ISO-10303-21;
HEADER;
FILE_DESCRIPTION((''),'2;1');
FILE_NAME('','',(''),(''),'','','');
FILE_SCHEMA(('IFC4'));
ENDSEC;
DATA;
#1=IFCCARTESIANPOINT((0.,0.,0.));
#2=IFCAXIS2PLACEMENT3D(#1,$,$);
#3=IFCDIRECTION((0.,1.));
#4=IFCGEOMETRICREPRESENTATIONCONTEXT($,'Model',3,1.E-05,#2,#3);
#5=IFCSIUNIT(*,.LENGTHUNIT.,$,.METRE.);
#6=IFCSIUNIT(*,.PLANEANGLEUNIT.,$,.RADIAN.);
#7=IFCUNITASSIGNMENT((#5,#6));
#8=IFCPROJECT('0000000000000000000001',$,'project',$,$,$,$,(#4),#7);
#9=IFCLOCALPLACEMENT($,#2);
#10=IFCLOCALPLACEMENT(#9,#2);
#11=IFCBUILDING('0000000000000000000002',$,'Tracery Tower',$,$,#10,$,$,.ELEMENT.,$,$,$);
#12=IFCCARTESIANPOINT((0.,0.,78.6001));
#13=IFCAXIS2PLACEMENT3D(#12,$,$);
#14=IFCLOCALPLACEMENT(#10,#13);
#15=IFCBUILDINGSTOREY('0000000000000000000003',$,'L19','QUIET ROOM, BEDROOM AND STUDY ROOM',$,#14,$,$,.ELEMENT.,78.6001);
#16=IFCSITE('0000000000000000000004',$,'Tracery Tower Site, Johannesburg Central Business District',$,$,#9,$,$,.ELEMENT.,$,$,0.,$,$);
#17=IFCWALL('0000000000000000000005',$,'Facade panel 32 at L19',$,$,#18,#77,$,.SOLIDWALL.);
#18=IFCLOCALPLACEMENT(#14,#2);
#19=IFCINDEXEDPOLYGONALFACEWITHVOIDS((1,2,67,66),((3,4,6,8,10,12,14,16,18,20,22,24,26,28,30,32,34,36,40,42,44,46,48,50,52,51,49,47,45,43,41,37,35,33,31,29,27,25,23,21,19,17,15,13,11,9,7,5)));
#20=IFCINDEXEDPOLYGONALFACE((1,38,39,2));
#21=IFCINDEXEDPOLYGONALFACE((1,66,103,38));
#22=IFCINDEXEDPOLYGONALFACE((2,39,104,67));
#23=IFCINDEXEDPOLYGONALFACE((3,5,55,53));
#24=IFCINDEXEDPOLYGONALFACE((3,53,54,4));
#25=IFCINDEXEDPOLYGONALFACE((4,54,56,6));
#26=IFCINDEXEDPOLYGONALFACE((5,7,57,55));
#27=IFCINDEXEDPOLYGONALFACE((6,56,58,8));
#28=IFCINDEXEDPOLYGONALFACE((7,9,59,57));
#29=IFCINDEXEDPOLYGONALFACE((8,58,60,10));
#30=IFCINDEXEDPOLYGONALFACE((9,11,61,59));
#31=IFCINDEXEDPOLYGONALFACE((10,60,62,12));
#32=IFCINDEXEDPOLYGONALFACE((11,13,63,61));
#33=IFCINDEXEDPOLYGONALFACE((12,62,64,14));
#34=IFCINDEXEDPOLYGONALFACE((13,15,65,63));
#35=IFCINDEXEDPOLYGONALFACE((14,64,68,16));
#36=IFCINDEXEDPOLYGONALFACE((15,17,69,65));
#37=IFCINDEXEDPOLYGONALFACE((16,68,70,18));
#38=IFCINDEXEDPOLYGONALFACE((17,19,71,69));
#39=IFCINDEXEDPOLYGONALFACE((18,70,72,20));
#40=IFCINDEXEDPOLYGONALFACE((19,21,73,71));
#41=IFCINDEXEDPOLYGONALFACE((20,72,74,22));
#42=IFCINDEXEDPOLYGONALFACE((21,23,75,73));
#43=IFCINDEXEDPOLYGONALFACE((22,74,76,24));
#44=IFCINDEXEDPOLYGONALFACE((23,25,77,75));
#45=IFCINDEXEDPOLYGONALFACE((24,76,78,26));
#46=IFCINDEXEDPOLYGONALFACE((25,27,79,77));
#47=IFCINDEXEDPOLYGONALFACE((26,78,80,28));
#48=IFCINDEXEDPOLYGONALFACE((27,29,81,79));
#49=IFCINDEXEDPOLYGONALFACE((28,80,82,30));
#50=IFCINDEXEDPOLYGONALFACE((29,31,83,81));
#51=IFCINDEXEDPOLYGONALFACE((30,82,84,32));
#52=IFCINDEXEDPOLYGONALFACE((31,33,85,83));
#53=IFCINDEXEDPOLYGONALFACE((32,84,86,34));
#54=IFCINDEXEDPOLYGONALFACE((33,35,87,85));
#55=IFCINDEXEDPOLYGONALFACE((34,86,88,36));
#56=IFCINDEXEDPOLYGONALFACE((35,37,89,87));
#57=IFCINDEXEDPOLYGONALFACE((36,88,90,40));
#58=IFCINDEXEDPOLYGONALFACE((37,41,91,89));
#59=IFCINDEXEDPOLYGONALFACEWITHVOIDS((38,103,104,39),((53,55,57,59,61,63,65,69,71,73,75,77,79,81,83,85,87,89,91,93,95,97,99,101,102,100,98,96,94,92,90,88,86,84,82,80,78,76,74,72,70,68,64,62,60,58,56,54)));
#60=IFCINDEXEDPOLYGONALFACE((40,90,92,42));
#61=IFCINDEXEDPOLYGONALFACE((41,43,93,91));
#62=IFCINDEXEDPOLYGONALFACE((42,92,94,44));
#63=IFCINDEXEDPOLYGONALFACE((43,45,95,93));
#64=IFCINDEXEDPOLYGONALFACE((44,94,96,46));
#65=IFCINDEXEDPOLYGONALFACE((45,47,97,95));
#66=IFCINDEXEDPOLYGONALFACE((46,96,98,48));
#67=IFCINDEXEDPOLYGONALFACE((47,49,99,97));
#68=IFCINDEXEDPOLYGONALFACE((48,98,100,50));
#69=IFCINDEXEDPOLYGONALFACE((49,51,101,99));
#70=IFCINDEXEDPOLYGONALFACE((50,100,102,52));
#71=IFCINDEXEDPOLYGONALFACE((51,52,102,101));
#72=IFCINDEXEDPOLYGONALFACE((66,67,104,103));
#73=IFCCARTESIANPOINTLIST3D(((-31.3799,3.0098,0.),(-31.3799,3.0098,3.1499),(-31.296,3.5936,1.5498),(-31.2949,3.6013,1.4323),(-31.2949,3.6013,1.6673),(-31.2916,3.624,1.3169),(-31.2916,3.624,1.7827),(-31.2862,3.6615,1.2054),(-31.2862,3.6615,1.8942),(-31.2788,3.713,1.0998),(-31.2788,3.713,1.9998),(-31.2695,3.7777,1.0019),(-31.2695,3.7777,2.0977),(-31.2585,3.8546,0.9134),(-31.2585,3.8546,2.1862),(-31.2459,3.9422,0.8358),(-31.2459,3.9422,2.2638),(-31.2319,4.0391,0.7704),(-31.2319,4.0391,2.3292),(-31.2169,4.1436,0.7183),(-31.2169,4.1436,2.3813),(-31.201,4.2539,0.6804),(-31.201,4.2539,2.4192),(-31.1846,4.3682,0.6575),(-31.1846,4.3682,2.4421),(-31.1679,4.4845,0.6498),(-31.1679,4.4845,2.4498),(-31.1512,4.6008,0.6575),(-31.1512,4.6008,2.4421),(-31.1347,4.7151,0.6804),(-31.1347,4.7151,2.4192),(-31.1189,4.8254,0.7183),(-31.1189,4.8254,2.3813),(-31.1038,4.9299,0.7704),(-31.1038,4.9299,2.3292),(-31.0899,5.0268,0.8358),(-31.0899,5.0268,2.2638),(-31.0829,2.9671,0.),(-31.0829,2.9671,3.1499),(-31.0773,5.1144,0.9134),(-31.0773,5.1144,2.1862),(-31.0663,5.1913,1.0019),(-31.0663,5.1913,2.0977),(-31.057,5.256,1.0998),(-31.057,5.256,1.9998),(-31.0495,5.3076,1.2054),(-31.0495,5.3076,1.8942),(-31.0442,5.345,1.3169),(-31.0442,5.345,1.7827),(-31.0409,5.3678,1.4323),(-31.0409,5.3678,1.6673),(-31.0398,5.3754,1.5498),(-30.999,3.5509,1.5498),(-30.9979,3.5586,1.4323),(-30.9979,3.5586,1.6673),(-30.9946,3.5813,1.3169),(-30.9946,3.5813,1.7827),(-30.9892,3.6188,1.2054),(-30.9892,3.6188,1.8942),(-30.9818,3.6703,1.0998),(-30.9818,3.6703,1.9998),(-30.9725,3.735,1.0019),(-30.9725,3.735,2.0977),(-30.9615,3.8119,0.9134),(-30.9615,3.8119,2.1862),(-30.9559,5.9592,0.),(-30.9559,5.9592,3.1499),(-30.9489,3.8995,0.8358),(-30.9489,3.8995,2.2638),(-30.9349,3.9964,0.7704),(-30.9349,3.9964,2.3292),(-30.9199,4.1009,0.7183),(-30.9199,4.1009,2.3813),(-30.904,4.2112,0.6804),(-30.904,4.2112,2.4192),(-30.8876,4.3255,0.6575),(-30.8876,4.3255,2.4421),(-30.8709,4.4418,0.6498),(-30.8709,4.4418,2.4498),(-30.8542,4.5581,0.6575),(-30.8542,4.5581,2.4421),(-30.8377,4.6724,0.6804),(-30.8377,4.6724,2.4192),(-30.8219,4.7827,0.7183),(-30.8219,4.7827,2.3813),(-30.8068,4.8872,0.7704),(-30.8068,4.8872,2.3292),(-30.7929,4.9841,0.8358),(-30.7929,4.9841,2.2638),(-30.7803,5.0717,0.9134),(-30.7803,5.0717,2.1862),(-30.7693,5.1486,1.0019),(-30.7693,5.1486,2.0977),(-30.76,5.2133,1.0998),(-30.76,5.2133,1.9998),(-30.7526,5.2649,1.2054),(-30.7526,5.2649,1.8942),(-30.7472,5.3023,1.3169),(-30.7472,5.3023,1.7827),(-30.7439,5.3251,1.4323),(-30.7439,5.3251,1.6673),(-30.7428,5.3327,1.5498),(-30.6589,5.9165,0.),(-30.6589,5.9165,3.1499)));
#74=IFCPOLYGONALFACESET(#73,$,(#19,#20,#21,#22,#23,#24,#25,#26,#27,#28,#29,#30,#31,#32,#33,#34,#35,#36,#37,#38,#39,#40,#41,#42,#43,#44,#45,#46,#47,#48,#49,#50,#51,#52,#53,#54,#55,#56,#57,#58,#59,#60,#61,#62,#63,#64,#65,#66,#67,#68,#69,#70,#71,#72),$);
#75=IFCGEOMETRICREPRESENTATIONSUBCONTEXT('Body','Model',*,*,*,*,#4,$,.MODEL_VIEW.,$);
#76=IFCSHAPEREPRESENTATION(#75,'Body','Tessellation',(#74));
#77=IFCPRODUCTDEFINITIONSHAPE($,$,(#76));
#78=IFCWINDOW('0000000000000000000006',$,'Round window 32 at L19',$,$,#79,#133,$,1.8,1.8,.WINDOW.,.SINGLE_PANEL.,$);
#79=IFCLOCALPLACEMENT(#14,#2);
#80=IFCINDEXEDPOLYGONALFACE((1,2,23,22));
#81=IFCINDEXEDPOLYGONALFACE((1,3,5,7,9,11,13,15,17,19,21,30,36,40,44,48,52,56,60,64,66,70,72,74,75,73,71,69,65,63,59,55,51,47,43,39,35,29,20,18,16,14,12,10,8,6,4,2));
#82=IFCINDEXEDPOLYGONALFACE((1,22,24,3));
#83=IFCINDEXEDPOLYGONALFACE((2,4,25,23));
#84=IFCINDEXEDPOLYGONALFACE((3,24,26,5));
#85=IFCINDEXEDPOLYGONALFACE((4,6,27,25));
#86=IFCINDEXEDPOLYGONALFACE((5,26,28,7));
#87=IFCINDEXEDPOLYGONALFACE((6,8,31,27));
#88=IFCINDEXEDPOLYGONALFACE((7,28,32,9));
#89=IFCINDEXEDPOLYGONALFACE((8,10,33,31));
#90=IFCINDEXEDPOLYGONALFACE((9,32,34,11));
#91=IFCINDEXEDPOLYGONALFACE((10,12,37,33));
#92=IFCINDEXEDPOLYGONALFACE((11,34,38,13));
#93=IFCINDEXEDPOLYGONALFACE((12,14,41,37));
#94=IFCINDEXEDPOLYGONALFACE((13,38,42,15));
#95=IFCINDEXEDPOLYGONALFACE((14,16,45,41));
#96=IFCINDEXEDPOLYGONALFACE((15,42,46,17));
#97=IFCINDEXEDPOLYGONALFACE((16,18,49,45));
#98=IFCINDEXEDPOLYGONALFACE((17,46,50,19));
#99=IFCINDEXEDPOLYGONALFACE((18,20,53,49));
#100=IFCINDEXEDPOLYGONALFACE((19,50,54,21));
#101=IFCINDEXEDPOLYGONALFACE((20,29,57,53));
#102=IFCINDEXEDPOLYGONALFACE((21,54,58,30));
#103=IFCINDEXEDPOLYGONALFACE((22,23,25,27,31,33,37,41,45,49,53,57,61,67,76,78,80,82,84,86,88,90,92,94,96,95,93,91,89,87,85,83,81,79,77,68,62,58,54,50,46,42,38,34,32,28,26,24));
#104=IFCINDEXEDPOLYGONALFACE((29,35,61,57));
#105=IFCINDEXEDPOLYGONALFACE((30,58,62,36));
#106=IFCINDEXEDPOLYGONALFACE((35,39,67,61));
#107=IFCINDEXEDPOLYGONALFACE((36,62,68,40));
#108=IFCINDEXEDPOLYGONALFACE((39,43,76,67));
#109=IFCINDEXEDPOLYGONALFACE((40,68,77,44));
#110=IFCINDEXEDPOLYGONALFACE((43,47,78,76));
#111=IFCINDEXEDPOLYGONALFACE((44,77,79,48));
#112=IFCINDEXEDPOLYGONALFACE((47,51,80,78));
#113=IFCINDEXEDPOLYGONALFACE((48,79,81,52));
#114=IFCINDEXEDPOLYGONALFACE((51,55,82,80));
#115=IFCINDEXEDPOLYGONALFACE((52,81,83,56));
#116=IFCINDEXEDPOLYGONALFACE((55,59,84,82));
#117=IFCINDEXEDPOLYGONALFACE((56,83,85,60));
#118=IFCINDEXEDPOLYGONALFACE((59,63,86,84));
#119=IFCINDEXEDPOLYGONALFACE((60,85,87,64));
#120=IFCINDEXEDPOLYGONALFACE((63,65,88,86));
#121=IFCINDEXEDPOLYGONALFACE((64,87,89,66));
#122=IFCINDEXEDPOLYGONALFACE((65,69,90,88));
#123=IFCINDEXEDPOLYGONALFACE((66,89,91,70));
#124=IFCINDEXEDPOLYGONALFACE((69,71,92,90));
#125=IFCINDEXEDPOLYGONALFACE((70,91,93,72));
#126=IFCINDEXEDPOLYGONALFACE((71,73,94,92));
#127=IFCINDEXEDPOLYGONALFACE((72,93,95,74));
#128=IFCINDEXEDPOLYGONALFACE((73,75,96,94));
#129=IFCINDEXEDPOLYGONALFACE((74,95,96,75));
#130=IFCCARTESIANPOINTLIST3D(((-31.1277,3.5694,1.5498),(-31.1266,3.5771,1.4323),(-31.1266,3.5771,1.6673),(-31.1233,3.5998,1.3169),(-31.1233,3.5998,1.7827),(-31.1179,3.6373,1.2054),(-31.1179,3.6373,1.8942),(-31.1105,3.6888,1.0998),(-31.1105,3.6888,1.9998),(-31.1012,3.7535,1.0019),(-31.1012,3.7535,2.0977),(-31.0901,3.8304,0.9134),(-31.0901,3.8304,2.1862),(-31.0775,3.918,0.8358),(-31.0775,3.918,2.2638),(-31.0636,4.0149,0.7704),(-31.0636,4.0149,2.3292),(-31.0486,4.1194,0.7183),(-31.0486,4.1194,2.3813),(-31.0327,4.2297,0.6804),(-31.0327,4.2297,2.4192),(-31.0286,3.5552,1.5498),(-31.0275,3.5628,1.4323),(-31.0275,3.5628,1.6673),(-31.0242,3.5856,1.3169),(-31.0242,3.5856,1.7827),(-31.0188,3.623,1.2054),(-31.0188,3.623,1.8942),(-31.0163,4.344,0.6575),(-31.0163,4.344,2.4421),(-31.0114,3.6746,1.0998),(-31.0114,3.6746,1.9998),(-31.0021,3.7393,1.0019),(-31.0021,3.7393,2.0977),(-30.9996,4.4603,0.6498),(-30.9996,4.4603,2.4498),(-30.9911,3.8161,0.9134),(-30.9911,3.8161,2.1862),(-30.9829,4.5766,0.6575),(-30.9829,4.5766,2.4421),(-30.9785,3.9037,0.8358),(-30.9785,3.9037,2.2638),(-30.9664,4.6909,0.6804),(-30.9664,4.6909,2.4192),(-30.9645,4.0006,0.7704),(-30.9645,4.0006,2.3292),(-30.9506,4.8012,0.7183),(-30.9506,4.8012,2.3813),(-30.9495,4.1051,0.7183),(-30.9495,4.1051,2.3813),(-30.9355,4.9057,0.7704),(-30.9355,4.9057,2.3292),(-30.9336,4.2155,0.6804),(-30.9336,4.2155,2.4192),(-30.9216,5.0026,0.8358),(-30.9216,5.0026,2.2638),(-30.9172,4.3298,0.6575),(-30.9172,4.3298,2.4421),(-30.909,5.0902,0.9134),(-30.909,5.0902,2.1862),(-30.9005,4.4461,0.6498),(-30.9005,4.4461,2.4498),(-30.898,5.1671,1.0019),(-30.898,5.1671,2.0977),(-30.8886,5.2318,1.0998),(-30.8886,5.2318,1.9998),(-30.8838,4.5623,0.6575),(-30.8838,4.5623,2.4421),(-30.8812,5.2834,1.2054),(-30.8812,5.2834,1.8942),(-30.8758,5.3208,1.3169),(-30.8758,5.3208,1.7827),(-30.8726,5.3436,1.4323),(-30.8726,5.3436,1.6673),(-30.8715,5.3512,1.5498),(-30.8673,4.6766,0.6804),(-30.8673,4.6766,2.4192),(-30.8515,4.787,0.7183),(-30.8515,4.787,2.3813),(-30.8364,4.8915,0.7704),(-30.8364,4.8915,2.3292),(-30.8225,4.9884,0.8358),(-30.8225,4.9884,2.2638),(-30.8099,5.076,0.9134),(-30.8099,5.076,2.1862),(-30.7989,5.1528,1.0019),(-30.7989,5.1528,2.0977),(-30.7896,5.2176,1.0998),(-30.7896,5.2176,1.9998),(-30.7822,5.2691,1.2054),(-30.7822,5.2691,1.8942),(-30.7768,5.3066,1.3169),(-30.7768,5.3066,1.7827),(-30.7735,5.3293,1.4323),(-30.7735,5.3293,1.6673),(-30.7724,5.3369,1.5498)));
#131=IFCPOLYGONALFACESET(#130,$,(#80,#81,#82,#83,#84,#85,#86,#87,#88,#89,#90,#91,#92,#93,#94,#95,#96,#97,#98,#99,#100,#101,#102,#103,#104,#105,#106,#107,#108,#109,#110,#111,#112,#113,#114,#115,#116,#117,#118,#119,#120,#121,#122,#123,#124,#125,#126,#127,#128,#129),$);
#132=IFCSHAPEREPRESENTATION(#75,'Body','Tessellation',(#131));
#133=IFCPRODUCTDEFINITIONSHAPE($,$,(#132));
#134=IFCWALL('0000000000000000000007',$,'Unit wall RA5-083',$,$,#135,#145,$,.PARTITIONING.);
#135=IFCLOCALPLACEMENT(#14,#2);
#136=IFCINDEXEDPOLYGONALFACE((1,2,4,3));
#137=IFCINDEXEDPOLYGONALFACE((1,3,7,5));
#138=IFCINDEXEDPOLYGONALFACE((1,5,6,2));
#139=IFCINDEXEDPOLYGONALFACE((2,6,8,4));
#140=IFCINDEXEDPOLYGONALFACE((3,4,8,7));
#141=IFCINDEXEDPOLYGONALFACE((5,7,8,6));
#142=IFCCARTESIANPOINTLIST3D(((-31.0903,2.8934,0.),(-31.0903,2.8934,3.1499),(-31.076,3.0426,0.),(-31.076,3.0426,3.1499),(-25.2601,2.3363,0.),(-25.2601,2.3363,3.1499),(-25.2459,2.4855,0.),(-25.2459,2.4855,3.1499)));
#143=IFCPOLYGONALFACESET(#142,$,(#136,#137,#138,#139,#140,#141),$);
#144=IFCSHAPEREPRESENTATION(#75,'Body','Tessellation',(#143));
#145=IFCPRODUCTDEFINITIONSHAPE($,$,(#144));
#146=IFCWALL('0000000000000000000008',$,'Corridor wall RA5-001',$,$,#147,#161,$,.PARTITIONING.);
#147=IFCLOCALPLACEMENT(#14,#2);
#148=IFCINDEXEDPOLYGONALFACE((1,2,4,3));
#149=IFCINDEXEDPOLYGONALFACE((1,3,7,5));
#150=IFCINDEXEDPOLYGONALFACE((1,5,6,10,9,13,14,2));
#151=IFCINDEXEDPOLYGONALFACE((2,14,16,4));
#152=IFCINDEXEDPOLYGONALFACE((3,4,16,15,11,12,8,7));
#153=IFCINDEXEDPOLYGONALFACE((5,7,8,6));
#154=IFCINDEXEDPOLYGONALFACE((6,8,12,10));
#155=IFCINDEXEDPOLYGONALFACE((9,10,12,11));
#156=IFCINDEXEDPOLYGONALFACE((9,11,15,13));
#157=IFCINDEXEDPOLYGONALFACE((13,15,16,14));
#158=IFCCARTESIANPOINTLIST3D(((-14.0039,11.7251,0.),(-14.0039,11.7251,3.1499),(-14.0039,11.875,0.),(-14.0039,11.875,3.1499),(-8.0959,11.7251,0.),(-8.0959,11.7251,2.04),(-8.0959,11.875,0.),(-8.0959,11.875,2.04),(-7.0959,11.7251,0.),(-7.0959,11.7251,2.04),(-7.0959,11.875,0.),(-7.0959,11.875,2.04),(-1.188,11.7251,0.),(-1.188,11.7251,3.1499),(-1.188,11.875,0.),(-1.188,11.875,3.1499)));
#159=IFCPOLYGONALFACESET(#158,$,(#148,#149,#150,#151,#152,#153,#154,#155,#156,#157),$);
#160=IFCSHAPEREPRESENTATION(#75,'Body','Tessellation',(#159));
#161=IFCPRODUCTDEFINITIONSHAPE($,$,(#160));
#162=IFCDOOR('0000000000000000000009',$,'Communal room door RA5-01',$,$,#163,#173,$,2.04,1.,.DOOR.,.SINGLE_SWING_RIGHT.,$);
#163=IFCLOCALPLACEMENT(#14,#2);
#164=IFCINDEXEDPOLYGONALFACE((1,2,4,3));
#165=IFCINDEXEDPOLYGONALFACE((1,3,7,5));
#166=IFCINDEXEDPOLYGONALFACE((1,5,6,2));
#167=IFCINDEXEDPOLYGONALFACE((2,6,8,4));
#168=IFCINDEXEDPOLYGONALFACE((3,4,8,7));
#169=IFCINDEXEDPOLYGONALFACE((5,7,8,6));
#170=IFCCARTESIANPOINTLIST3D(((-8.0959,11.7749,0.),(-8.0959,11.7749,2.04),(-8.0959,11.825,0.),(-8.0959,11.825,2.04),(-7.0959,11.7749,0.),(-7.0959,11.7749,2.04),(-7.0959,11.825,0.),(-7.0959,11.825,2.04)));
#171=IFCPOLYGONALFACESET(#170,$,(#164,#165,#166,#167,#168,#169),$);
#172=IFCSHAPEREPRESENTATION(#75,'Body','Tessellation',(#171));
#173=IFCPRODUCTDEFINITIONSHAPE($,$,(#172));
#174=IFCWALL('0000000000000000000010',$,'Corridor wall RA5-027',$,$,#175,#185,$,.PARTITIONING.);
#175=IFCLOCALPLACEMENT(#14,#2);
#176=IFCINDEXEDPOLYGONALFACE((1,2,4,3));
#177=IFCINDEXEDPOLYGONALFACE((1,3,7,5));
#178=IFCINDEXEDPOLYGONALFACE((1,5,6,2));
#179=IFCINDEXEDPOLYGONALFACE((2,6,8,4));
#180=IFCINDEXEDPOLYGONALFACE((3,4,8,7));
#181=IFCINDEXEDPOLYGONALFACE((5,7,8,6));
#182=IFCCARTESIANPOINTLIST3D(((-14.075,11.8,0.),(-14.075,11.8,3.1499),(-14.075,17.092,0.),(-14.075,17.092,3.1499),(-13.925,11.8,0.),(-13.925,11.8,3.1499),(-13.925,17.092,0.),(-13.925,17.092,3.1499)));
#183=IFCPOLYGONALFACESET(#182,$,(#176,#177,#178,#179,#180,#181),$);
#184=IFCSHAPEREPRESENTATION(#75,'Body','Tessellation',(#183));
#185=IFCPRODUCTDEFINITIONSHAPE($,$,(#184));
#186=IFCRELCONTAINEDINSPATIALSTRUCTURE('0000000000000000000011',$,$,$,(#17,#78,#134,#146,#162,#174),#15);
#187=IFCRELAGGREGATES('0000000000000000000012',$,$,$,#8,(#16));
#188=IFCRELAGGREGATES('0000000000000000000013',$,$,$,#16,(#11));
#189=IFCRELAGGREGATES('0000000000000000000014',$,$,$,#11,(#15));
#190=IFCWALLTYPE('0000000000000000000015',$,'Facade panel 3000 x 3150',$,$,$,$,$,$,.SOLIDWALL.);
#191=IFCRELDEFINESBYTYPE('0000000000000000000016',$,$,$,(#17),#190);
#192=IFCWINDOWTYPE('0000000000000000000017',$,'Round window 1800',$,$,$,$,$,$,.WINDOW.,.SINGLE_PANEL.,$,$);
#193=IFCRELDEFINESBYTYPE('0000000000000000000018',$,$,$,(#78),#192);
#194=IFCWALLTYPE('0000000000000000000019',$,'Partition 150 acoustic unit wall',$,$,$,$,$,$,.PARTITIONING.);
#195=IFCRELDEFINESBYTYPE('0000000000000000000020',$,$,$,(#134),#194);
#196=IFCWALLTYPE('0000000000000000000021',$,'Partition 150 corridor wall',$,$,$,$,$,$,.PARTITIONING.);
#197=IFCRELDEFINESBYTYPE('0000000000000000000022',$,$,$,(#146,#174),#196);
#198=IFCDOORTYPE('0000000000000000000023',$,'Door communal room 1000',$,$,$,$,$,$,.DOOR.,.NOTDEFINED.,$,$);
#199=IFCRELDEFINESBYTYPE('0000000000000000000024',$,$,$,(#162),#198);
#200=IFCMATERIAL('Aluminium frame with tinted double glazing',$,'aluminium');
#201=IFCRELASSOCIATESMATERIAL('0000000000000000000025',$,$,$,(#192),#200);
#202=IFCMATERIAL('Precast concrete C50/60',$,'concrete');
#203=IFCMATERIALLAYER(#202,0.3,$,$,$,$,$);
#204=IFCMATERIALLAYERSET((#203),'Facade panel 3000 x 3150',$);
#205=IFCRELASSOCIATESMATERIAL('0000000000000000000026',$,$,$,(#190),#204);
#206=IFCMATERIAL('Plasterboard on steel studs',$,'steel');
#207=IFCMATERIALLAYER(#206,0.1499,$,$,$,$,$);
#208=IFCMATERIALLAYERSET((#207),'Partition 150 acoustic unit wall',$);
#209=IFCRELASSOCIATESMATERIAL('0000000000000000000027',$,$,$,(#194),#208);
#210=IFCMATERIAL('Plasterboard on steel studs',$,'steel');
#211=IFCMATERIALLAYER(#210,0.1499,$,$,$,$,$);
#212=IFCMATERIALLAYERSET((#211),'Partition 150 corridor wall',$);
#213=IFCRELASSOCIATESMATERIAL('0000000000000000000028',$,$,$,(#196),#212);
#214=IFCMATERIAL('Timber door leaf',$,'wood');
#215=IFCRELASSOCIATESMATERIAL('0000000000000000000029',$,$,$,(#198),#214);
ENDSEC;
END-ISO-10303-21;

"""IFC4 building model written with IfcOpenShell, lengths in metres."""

from ifc_helpers import new_model, si_unit, direction, frame, frame_2d, origin, origin_2d, place, context, subcontext, project, spatial, rectangle, circle, extrude, material, layer, layer_set, type_object, element, fill, save


model = new_model("IFC4")

# Units and contexts
model_context = context("Model", 3, precision=1e-05, world=origin(), true_north=direction((0.0, 1.0)))
body_context = subcontext(model_context, "Body", "Model", "MODEL_VIEW")
ifc_project = project(units=[si_unit("LENGTHUNIT", "METRE"), si_unit("PLANEANGLEUNIT", "RADIAN")], contexts=[model_context])

# Site, building, storey
site_placement = place(None, origin())
site = spatial("IfcSite", under=ifc_project, at=site_placement, Name="Tracery Tower Site, Johannesburg Central Business District", CompositionType="ELEMENT", RefElevation=0.0)
building_placement = place(site_placement, origin())
building = spatial("IfcBuilding", under=site, at=building_placement, Name="Tracery Tower", CompositionType="ELEMENT")
storey_placement = place(building_placement, frame((0.0, 0.0, 78.6001)))
storey = spatial("IfcBuildingStorey", under=building, at=storey_placement, Name="L19", Description="QUIET ROOM, BEDROOM AND STUDY ROOM", CompositionType="ELEMENT", Elevation=78.6001)

# Wall, opening, window
ifc_material_1 = material(Name="Aluminium frame with tinted double glazing", Category="aluminium")
window_type = type_object("IfcWindowType", Name="Round window 1800", PartitioningType="SINGLE_PANEL", PredefinedType="WINDOW", material=ifc_material_1)
ifc_material_2 = material(Name="Precast concrete C50/60", Category="concrete")
ifc_layer_1 = layer(ifc_material_2, 0.3)
ifc_layer_set_1 = layer_set([ifc_layer_1], Name="Facade panel 3000 x 3150")
wall_type_1 = type_object("IfcWallType", Name="Facade panel 3000 x 3150", PredefinedType="SOLIDWALL", material=ifc_layer_set_1)
wall_1_placement = place(storey_placement, frame((-30.8074, 5.9377, 0.0), z_axis=(0.0, 0.0, 1.0), x_axis=(-0.142316, -0.989821, 0.0)))
wall_1 = element("IfcWall", 1, at=wall_1_placement, inside=storey, type_object=wall_type_1, Name="Facade panel 32 at L19", PredefinedType="SOLIDWALL", context=body_context, shape_type="SweptSolid", body=[
    extrude(rectangle(XDim=2.9797, YDim=0.3, at=frame_2d((1.4897, 0.0))), origin(), (0.0, 0.0, 1.0), 3.1499),
])
opening_1_placement = place(wall_1_placement, frame((1.4897, 0.0, 1.5498)))
opening_1 = element("IfcOpeningElement", 2, at=opening_1_placement, cuts=wall_1, PredefinedType="OPENING", context=body_context, shape_type="SweptSolid", body=[
    extrude(circle(Radius=0.9, at=origin_2d()), frame((0.0, 0.1599, 0.0), z_axis=(0.0, -1.0, 0.0), x_axis=(1.0, 0.0, 0.0)), (0.0, 0.0, 1.0), 0.3201),
])
window_1_placement = place(opening_1_placement, origin())
window_1 = element("IfcWindow", 3, at=window_1_placement, inside=storey, type_object=window_type, Name="Round window 32 at L19", OverallHeight=1.8, OverallWidth=1.8, PartitioningType="SINGLE_PANEL", PredefinedType="WINDOW", context=body_context, shape_type="SweptSolid", body=[
    extrude(circle(Radius=0.9, at=origin_2d()), frame((0.0, 0.1201, 0.0), z_axis=(0.0, -1.0, 0.0), x_axis=(1.0, 0.0, 0.0)), (0.0, 0.0, 1.0), 0.1001),
])
fill(opening_1, window_1)

# Wall
ifc_material_3 = material(Name="Plasterboard on steel studs", Category="steel")
ifc_layer_2 = layer(ifc_material_3, 0.1499)
ifc_layer_set_2 = layer_set([ifc_layer_2], Name="Partition 150 acoustic unit wall")
wall_type_2 = type_object("IfcWallType", Name="Partition 150 acoustic unit wall", PredefinedType="PARTITIONING", material=ifc_layer_set_2)
wall_2_placement = place(storey_placement, frame((-31.083, 2.968, 0.0), z_axis=(0.0, 0.0, 1.0), x_axis=(0.995465, -0.095128, 0.0)))
element("IfcWall", 4, at=wall_2_placement, inside=storey, type_object=wall_type_2, Name="Unit wall RA5-083", PredefinedType="PARTITIONING", context=body_context, shape_type="SweptSolid", body=[
    extrude(rectangle(XDim=5.8567, YDim=0.1499, at=frame_2d((2.9282, 0.0))), origin(), (0.0, 0.0, 1.0), 3.1499),
])

# Wall, opening, door
ifc_material_4 = material(Name="Plasterboard on steel studs", Category="steel")
ifc_layer_3 = layer(ifc_material_4, 0.1499)
ifc_layer_set_3 = layer_set([ifc_layer_3], Name="Partition 150 corridor wall")
wall_type_3 = type_object("IfcWallType", Name="Partition 150 corridor wall", PredefinedType="PARTITIONING", material=ifc_layer_set_3)
wall_3_placement = place(storey_placement, frame((-14.0039, 11.8, 0.0), z_axis=(0.0, 0.0, 1.0), x_axis=(1.0, 0.0, 0.0)))
wall_3 = element("IfcWall", 5, at=wall_3_placement, inside=storey, type_object=wall_type_3, Name="Corridor wall RA5-001", PredefinedType="PARTITIONING", context=body_context, shape_type="SweptSolid", body=[
    extrude(rectangle(XDim=12.8159, YDim=0.1499, at=frame_2d((6.408, 0.0))), origin(), (0.0, 0.0, 1.0), 3.1499),
])
opening_2_placement = place(wall_3_placement, frame((5.908, 0.0, 0.0)))
opening_2 = element("IfcOpeningElement", 6, at=opening_2_placement, cuts=wall_3, PredefinedType="OPENING", context=body_context, shape_type="SweptSolid", body=[
    extrude(rectangle(XDim=1.0, YDim=2.04, at=frame_2d((0.5, 1.02))), frame((0.0, 0.075, 0.0), z_axis=(0.0, -1.0, 0.0), x_axis=(1.0, 0.0, 0.0)), (0.0, 0.0, 1.0), 0.1499),
])
ifc_material_5 = material(Name="Timber door leaf", Category="wood")
door_type_1 = type_object("IfcDoorType", Name="Door communal room 1000", OperationType="NOTDEFINED", PredefinedType="DOOR", material=ifc_material_5)
door_1_placement = place(opening_2_placement, origin())
door_1 = element("IfcDoor", 7, at=door_1_placement, inside=storey, type_object=door_type_1, Name="Communal room door RA5-01", OperationType="SINGLE_SWING_RIGHT", OverallHeight=2.04, OverallWidth=1.0, PredefinedType="DOOR", context=body_context, shape_type="SweptSolid", body=[
    extrude(rectangle(XDim=1.0, YDim=2.04, at=frame_2d((0.5, 1.02))), frame((0.0, 0.0249, 0.0), z_axis=(0.0, -1.0, 0.0), x_axis=(1.0, 0.0, 0.0)), (0.0, 0.0, 1.0), 0.05),
])
fill(opening_2, door_1)

# Wall
wall_4_placement = place(storey_placement, frame((-14.0, 11.8, 0.0), z_axis=(0.0, 0.0, 1.0), x_axis=(0.0, 1.0, 0.0)))
element("IfcWall", 8, at=wall_4_placement, inside=storey, type_object=wall_type_3, Name="Corridor wall RA5-027", PredefinedType="PARTITIONING", context=body_context, shape_type="SweptSolid", body=[
    extrude(rectangle(XDim=5.292, YDim=0.1499, at=frame_2d((2.646, 0.0))), origin(), (0.0, 0.0, 1.0), 3.1499),
])

save(model, "model.ifc")
